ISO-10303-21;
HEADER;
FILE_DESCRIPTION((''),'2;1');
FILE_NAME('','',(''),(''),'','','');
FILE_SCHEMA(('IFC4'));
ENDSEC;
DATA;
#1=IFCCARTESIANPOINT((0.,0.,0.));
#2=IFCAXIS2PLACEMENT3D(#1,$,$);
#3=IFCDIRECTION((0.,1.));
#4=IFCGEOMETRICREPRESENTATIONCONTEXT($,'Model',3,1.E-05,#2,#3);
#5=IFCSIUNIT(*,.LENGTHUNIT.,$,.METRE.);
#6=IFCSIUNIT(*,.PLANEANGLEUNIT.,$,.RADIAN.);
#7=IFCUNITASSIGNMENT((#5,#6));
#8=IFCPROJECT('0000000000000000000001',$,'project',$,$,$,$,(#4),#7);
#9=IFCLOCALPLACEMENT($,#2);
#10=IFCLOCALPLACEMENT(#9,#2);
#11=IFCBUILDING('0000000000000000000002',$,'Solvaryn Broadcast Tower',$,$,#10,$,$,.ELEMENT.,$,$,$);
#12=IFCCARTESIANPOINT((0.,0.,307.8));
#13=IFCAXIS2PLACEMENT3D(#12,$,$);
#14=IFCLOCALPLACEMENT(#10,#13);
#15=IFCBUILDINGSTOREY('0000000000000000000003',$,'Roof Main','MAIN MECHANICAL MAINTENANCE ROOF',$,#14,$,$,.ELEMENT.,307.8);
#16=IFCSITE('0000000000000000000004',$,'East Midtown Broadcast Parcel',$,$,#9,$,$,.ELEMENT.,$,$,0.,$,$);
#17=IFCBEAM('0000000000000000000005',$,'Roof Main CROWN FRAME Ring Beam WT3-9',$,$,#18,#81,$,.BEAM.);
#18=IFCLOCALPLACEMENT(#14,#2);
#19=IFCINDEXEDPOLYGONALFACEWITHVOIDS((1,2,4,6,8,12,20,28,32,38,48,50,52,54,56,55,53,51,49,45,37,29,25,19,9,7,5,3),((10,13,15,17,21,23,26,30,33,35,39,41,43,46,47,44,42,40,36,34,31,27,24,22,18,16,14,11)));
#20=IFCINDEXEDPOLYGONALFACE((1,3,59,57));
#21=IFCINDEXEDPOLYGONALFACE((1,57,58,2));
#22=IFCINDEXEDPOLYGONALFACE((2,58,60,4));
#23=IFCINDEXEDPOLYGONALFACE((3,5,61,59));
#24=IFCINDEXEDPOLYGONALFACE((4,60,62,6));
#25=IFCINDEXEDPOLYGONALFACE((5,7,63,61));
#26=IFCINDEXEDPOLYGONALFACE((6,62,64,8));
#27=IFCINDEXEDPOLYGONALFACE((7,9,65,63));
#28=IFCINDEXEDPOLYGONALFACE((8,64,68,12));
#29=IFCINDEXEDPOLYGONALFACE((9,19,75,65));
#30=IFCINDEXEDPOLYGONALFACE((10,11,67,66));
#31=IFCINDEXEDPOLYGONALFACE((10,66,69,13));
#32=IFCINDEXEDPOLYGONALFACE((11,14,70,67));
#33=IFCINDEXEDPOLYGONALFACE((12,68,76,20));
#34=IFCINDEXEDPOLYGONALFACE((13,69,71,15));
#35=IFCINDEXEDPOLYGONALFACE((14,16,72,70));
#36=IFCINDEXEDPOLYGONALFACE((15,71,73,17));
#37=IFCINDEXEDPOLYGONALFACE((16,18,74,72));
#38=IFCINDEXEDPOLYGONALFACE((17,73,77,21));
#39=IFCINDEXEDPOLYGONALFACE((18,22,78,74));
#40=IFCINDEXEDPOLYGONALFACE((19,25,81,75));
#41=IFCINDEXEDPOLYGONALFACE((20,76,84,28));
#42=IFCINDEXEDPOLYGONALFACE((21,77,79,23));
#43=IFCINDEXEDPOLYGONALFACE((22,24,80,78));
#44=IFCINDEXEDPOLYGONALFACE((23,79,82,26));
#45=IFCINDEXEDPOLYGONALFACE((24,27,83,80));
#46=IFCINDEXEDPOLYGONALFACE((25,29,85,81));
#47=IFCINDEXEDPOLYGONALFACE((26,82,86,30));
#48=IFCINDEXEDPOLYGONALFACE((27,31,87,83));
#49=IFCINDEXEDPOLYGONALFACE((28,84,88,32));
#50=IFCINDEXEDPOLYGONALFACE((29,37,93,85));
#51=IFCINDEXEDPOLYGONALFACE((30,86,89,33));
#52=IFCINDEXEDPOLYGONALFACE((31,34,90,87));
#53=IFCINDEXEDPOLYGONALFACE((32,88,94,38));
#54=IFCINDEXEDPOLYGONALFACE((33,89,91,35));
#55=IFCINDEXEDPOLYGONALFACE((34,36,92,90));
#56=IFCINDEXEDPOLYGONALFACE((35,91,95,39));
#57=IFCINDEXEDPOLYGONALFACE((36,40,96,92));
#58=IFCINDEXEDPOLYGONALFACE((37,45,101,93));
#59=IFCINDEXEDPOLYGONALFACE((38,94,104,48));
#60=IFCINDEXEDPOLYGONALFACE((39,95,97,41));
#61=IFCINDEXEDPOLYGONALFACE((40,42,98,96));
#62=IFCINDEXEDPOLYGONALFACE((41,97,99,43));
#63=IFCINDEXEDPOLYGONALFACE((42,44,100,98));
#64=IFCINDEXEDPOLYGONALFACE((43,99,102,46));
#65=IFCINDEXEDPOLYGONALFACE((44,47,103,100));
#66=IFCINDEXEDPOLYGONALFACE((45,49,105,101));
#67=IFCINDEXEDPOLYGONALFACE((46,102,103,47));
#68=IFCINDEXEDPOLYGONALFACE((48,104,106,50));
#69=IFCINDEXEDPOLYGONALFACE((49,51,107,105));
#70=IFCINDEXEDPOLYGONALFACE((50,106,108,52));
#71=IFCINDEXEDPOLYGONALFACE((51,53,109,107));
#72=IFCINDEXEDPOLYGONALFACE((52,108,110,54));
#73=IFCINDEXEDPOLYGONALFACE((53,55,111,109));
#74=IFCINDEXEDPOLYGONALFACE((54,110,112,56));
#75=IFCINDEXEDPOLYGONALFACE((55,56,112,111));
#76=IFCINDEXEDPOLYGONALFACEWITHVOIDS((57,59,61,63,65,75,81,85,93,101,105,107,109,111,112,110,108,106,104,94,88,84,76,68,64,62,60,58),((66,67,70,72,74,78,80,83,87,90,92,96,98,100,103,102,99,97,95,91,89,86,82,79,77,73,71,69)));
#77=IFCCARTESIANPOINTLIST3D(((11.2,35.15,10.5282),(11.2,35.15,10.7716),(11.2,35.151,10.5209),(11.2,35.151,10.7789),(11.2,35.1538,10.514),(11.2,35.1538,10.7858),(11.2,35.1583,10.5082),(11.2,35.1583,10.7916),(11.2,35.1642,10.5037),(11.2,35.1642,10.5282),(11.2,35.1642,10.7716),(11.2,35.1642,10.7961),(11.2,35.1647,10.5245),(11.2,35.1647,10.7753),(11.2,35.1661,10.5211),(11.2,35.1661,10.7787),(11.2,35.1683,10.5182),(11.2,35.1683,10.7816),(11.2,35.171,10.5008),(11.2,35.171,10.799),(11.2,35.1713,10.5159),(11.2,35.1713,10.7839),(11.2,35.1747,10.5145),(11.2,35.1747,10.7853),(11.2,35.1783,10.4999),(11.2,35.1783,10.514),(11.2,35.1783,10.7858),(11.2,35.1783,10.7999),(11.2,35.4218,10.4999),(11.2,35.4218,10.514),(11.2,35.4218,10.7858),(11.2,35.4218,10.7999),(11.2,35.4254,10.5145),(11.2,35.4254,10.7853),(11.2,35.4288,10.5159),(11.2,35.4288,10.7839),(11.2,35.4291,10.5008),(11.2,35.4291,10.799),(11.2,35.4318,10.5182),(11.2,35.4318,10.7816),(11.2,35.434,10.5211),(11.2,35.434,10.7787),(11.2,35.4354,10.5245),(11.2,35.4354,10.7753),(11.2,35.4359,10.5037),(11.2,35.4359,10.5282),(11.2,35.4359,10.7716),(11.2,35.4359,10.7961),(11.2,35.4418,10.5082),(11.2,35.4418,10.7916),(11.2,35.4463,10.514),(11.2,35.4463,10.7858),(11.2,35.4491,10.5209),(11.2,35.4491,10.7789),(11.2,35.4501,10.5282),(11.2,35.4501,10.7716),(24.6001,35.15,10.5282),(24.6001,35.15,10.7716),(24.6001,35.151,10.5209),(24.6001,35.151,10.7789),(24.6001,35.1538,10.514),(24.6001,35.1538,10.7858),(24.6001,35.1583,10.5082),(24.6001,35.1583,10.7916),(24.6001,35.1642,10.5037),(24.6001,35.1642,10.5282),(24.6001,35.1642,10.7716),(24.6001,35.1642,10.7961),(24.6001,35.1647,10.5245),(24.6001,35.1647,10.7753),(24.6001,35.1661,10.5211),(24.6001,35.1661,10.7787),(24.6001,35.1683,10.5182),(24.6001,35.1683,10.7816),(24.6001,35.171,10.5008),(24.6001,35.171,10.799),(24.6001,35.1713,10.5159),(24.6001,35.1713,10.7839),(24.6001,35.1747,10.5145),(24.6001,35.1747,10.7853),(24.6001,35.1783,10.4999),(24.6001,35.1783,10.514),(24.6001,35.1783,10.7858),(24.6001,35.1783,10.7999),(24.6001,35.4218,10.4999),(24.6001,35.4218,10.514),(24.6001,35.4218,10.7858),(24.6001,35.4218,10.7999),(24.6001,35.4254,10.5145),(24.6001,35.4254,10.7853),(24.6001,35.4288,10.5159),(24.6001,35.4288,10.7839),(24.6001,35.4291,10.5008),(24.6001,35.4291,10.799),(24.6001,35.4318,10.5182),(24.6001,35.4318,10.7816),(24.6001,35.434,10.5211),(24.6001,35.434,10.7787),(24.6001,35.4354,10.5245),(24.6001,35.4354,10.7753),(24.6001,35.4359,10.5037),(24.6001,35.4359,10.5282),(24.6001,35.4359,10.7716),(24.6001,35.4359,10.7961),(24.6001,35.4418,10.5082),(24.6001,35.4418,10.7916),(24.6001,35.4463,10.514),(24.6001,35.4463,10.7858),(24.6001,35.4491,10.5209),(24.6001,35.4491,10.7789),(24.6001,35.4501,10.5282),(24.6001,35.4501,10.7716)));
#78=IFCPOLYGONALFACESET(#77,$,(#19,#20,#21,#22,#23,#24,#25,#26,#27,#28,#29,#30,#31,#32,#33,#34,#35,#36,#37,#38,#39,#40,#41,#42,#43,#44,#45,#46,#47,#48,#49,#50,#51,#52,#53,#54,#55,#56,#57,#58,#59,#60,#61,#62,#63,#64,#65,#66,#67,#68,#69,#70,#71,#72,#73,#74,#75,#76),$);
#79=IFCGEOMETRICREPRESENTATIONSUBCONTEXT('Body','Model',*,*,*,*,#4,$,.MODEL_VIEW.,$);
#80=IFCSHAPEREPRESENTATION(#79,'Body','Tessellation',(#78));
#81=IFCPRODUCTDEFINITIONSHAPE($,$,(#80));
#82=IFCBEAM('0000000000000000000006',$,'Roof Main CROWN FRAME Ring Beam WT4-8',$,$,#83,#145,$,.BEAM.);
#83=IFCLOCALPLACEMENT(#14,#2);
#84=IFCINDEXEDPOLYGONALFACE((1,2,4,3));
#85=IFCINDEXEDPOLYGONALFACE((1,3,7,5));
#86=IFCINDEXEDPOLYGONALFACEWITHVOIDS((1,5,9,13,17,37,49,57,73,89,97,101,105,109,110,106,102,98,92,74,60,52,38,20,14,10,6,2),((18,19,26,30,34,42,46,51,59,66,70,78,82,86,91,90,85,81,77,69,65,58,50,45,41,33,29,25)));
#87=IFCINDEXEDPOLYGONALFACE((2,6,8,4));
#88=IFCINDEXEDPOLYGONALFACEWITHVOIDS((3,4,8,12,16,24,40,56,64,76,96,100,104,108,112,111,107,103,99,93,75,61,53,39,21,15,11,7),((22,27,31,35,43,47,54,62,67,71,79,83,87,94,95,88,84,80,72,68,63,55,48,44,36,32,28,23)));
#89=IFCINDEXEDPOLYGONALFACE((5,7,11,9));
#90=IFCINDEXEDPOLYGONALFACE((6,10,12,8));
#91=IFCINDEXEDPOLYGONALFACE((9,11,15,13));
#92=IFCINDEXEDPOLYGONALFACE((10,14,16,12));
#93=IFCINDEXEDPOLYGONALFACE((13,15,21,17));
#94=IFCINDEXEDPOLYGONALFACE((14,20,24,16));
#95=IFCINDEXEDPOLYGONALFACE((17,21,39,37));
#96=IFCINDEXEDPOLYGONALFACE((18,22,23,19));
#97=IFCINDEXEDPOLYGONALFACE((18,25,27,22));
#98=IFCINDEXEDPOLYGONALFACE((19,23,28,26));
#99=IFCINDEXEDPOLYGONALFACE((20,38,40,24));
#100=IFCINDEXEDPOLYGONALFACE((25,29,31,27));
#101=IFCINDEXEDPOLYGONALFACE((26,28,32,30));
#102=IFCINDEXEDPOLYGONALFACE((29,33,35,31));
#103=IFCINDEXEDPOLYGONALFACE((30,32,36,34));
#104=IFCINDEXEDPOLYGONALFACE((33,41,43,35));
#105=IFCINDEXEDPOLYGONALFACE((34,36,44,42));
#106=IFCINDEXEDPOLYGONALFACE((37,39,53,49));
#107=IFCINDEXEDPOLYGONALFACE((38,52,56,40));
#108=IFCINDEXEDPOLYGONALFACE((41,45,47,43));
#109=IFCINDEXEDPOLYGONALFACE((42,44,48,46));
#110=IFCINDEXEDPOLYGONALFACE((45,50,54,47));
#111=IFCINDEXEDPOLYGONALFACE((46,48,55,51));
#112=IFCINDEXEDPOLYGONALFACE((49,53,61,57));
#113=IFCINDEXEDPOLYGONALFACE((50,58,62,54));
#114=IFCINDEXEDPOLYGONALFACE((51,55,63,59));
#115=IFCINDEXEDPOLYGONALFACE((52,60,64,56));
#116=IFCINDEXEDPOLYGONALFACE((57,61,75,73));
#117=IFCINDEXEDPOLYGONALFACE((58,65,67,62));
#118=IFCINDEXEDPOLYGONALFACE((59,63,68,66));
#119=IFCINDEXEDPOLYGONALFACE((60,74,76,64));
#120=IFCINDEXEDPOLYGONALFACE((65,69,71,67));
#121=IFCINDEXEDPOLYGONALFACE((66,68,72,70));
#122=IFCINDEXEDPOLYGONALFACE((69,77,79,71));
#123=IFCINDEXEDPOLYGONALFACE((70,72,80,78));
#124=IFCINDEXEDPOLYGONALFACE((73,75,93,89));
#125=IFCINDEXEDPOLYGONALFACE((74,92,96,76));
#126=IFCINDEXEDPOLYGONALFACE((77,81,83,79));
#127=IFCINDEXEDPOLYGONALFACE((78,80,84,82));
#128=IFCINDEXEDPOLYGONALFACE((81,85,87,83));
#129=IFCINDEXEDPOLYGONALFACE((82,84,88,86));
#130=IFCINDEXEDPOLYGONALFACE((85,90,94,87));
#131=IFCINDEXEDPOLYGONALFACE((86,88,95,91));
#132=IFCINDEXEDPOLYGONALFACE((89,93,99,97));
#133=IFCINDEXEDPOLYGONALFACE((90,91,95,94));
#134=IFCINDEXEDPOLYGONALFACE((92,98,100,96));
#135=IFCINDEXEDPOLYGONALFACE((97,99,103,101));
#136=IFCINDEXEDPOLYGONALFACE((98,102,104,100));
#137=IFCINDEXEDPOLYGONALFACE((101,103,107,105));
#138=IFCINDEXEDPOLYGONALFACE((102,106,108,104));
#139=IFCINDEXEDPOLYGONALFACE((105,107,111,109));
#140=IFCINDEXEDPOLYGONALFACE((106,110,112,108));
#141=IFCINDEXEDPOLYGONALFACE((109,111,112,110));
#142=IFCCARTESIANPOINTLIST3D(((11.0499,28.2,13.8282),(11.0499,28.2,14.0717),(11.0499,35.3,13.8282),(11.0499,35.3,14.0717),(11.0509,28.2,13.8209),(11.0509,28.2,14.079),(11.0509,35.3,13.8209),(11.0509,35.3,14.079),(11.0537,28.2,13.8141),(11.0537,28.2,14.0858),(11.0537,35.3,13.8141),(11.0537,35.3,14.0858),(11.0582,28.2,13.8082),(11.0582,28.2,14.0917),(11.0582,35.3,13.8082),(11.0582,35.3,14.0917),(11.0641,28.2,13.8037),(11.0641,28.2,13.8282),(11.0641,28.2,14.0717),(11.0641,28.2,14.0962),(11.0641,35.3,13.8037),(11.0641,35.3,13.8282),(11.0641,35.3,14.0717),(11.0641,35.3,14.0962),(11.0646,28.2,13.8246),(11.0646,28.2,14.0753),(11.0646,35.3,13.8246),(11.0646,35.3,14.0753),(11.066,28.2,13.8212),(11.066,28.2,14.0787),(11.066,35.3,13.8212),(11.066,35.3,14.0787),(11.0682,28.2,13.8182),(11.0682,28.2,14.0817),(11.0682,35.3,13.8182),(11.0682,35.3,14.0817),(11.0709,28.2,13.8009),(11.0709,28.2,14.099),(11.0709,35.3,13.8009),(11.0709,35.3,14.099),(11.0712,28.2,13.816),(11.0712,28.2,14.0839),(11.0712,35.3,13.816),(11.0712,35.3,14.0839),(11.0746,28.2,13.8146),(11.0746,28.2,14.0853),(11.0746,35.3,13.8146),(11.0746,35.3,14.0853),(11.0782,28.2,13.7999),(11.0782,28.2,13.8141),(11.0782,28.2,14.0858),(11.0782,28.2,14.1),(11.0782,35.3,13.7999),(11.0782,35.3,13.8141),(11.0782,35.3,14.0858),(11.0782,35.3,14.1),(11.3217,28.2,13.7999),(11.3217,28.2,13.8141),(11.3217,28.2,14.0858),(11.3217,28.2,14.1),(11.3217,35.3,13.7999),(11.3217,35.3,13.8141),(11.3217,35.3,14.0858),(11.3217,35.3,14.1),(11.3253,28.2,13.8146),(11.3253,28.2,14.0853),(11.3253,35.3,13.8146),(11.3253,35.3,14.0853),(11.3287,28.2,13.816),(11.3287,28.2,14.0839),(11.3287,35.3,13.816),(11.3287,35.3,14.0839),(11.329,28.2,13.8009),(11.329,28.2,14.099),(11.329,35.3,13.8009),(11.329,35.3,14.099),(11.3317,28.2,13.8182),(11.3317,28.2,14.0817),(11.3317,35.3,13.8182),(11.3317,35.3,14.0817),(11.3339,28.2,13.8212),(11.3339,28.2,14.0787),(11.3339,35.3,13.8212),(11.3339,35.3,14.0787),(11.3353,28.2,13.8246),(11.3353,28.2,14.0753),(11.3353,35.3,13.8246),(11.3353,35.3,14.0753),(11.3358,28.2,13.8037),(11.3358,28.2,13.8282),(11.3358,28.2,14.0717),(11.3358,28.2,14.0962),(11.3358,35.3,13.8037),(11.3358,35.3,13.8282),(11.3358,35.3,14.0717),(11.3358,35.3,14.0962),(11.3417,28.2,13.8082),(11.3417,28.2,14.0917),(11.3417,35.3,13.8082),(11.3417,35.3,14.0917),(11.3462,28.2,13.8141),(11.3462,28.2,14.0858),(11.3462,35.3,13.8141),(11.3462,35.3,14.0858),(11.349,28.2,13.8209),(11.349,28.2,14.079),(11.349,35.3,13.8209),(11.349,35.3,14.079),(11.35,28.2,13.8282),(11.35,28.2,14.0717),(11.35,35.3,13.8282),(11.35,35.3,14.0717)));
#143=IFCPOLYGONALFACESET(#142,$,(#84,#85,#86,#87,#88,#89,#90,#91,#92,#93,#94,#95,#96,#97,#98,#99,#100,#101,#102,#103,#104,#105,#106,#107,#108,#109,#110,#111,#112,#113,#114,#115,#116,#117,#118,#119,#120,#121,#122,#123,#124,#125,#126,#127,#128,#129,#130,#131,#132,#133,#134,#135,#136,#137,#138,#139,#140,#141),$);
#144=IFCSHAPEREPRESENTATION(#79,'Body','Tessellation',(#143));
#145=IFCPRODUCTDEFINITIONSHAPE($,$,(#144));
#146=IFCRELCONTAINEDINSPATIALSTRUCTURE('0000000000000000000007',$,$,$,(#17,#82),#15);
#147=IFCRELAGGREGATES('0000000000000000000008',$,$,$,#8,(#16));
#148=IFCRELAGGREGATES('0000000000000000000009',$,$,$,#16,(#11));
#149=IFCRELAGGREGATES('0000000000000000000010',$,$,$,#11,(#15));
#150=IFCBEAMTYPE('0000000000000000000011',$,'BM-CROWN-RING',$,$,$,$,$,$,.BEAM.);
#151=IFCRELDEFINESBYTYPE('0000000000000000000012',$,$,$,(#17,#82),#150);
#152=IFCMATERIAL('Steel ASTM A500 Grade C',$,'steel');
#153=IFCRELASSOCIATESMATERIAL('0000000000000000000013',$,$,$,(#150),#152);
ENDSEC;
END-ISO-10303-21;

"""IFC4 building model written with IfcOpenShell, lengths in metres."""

from ifc_helpers import new_model, si_unit, direction, frame, origin, origin_2d, place, context, subcontext, project, spatial, hollow_rectangle, extrude, material, material_profile, profile_set, type_object, element, save


model = new_model("IFC4")

# Units and contexts
model_context = context("Model", 3, precision=1e-05, world=origin(), true_north=direction((0.0, 1.0)))
body_context = subcontext(model_context, "Body", "Model", "MODEL_VIEW")
ifc_project = project(units=[si_unit("LENGTHUNIT", "METRE"), si_unit("PLANEANGLEUNIT", "RADIAN")], contexts=[model_context])

# Site, building, storey
site_placement = place(None, origin())
site = spatial("IfcSite", under=ifc_project, at=site_placement, Name="East Midtown Broadcast Parcel", CompositionType="ELEMENT", RefElevation=0.0)
building_placement = place(site_placement, origin())
building = spatial("IfcBuilding", under=site, at=building_placement, Name="Solvaryn Broadcast Tower", CompositionType="ELEMENT")
storey_placement = place(building_placement, frame((0.0, 0.0, 307.8)))
storey = spatial("IfcBuildingStorey", under=building, at=storey_placement, Name="Roof Main", Description="MAIN MECHANICAL MAINTENANCE ROOF", CompositionType="ELEMENT", Elevation=307.8)

# Beams
ifc_material_1 = material(Name="Steel ASTM A500 Grade C", Category="steel")
ifc_material_profile_1 = material_profile(ifc_material_1, hollow_rectangle(XDim=0.3, YDim=0.3, WallThickness=0.0142, InnerFilletRadius=0.0142, OuterFilletRadius=0.0283, at=origin_2d()))
ifc_profile_set_1 = profile_set([ifc_material_profile_1], Name="Steel ASTM A500 Grade C")
beam_type = type_object("IfcBeamType", Name="BM-CROWN-RING", PredefinedType="BEAM", material=ifc_profile_set_1)
beam_1_placement = place(storey_placement, frame((11.2, 35.3, 10.6499), z_axis=(1.0, 0.0, 0.0), x_axis=(0.0, 1.0, 0.0)))
element("IfcBeam", 1, at=beam_1_placement, inside=storey, type_object=beam_type, Name="Roof Main CROWN FRAME Ring Beam WT3-9", PredefinedType="BEAM", context=body_context, shape_type="SweptSolid", body=[
    extrude(hollow_rectangle(XDim=0.3, YDim=0.3, WallThickness=0.0142, InnerFilletRadius=0.0142, OuterFilletRadius=0.0283, at=origin_2d()), origin(), (0.0, 0.0, 1.0), 13.4001),
])
beam_2_placement = place(storey_placement, frame((11.2, 35.3, 13.95), z_axis=(0.0, -1.0, 0.0), x_axis=(1.0, 0.0, 0.0)))
element("IfcBeam", 2, at=beam_2_placement, inside=storey, type_object=beam_type, Name="Roof Main CROWN FRAME Ring Beam WT4-8", PredefinedType="BEAM", context=body_context, shape_type="SweptSolid", body=[
    extrude(hollow_rectangle(XDim=0.3, YDim=0.3, WallThickness=0.0142, InnerFilletRadius=0.0142, OuterFilletRadius=0.0283, at=origin_2d()), origin(), (0.0, 0.0, 1.0), 7.1001),
])

save(model, "model.ifc")
